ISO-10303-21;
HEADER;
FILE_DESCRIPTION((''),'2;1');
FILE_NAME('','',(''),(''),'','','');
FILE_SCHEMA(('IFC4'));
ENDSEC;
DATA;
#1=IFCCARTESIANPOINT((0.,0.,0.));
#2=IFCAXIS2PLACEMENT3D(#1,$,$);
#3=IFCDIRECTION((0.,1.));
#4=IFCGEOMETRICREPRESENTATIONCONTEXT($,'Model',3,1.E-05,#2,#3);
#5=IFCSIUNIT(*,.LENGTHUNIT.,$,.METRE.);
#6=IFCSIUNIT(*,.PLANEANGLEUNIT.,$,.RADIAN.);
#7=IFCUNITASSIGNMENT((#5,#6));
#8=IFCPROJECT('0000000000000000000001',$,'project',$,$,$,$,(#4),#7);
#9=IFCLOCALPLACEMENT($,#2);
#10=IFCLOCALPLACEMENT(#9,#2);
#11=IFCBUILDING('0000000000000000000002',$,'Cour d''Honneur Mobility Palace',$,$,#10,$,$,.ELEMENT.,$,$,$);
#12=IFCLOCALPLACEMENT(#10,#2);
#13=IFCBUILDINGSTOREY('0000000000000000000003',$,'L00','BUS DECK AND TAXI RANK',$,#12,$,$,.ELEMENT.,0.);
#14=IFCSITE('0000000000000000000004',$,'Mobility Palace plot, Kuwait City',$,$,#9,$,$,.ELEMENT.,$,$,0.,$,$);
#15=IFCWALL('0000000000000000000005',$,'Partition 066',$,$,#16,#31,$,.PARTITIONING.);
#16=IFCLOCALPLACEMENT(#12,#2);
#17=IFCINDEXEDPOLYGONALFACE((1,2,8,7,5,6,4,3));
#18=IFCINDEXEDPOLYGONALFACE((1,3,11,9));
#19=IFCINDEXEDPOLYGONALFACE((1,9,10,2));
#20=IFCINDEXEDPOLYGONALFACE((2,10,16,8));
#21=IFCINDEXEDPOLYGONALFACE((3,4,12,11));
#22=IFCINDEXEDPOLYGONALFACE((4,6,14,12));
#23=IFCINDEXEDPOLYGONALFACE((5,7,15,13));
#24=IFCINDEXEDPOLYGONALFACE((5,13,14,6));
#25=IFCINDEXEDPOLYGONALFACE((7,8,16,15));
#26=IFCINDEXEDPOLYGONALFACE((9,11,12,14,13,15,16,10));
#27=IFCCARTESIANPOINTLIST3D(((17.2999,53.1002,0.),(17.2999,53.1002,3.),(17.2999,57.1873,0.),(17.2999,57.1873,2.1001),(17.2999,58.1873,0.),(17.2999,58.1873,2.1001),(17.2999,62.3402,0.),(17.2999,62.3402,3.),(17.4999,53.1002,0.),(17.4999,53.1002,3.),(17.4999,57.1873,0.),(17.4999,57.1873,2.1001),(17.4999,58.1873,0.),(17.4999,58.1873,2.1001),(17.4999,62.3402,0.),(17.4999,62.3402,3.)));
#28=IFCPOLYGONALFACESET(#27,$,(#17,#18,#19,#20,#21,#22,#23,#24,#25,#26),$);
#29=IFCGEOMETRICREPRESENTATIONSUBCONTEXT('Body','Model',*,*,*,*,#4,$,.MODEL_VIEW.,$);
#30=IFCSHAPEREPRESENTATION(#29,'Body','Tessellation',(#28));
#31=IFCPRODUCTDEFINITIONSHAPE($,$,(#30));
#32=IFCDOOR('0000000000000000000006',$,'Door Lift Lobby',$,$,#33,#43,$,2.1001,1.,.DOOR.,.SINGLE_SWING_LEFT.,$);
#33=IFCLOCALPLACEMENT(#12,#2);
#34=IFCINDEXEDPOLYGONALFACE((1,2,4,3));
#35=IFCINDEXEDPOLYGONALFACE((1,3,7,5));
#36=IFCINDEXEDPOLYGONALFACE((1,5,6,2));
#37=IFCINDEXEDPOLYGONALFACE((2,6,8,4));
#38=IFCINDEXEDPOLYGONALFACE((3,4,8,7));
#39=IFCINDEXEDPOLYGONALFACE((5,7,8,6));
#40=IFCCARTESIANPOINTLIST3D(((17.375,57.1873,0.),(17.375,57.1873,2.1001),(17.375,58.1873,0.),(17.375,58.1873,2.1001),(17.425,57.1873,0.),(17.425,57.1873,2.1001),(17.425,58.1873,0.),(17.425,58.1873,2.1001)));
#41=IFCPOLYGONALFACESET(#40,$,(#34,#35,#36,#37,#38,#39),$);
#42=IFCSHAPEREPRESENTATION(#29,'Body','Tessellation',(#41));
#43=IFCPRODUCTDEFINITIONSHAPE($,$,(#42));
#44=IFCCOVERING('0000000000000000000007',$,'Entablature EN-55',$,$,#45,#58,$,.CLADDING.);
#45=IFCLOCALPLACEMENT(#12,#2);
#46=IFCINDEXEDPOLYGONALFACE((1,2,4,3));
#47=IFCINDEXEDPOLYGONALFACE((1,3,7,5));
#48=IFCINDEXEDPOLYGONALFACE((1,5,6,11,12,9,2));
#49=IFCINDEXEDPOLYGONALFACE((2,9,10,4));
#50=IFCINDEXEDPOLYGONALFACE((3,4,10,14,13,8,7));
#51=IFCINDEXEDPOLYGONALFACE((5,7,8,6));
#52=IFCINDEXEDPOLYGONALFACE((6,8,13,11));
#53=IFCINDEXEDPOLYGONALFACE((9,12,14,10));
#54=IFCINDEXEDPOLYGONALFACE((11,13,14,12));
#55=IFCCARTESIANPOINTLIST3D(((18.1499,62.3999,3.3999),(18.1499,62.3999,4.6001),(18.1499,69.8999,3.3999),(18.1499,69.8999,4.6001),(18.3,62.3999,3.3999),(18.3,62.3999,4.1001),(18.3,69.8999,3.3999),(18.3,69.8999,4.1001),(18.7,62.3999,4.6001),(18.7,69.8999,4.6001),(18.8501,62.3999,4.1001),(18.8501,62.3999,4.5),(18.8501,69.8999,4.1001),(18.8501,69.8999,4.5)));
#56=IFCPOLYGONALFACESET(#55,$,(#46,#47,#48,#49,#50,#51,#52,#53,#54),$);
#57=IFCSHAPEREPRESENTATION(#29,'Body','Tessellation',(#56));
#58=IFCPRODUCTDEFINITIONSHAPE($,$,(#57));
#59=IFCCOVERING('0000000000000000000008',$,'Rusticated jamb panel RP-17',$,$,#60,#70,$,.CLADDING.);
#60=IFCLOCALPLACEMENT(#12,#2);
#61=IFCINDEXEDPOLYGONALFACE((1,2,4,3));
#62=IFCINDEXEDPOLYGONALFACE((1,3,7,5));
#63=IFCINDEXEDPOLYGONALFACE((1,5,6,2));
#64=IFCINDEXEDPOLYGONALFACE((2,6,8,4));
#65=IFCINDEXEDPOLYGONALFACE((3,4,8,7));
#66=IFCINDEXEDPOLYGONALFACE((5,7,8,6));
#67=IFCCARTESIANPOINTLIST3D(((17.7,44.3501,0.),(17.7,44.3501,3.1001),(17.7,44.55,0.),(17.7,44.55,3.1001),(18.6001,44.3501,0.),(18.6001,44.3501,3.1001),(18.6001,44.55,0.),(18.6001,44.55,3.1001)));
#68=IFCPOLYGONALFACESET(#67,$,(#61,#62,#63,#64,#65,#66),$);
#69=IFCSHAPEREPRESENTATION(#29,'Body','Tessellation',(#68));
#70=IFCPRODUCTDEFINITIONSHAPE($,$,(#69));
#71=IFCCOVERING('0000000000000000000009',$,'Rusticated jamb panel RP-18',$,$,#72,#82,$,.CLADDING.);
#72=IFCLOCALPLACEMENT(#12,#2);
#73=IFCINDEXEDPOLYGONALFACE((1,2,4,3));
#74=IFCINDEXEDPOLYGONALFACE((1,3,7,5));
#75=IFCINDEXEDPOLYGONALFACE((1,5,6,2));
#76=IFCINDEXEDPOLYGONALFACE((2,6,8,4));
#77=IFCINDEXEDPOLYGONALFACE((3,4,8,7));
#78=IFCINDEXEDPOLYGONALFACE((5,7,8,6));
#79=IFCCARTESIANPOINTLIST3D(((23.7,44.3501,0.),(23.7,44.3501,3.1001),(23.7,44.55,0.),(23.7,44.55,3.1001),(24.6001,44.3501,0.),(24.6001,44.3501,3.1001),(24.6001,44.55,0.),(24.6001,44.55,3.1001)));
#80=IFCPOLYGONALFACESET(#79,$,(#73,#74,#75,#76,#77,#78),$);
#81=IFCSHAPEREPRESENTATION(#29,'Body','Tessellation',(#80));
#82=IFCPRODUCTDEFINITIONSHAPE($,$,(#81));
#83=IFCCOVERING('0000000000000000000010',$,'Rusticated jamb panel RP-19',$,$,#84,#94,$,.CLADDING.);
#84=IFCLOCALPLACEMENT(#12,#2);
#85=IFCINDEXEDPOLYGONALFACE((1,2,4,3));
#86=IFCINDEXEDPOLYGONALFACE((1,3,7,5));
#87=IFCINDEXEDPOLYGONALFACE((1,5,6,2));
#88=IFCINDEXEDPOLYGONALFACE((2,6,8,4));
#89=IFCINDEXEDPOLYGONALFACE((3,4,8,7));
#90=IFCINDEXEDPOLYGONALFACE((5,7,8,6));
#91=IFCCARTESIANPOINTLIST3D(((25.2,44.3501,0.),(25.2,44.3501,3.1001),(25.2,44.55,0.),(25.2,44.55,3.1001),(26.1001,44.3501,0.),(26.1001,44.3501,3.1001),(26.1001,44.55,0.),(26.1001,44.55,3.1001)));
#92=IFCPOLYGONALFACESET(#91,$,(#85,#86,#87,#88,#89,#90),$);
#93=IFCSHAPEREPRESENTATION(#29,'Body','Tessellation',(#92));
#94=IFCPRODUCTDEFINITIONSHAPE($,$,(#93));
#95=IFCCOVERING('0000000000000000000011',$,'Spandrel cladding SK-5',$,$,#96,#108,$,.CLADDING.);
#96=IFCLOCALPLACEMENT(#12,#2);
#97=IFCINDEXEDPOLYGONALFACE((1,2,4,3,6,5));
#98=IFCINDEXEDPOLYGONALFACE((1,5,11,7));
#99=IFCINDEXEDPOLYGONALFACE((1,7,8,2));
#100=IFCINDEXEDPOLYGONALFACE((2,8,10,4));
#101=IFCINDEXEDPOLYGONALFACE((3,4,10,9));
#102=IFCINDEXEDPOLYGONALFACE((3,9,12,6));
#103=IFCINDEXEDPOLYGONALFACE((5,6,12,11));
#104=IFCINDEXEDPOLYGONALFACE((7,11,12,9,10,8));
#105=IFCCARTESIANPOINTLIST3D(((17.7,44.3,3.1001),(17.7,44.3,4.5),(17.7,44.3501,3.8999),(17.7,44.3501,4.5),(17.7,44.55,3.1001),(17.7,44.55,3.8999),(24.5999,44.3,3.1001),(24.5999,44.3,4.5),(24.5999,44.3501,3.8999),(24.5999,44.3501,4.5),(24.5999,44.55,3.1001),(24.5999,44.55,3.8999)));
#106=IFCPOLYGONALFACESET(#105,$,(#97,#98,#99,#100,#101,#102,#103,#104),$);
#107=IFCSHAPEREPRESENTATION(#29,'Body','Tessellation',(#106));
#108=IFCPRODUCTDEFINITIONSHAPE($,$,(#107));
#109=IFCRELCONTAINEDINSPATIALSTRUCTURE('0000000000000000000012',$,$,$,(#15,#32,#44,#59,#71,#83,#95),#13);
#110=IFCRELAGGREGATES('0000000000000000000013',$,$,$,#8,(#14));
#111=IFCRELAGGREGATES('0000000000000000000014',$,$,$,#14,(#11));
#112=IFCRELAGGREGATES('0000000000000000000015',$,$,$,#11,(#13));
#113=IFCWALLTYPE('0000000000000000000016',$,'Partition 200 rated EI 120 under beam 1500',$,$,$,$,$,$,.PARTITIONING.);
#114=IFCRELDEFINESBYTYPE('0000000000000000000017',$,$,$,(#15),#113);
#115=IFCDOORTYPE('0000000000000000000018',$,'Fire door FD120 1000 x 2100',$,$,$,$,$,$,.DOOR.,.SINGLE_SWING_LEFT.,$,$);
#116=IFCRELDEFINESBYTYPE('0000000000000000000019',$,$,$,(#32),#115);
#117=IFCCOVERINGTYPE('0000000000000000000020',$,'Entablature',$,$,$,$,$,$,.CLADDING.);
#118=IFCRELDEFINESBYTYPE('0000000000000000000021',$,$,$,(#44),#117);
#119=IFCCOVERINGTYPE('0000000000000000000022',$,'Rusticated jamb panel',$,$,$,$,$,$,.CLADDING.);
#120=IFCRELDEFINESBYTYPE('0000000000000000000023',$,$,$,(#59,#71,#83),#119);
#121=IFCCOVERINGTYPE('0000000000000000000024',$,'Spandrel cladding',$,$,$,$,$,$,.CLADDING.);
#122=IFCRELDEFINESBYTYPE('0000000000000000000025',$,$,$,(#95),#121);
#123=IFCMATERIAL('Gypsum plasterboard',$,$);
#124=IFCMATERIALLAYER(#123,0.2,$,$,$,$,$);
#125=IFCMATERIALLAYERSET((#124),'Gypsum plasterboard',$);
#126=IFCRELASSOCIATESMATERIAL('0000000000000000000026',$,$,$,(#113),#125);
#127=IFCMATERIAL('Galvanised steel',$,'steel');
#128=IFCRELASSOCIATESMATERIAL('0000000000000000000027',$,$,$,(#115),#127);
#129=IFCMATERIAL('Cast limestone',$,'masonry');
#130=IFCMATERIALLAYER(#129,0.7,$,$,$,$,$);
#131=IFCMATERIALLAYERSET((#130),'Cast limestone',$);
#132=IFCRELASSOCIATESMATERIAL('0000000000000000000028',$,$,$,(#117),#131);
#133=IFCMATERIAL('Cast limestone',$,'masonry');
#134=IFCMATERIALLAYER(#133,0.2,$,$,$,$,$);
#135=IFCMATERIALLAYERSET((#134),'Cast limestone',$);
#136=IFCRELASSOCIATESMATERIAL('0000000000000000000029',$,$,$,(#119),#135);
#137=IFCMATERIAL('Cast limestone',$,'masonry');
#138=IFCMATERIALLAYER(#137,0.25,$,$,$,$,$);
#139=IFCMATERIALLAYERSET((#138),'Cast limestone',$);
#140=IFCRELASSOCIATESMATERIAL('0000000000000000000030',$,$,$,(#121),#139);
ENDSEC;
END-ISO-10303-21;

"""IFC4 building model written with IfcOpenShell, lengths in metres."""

from ifc_helpers import new_model, si_unit, direction, frame, frame_2d, origin, place, context, subcontext, project, spatial, polyline, rectangle, outline, extrude, material, layer, layer_set, type_object, element, fill, save


model = new_model("IFC4")

# Units and contexts
model_context = context("Model", 3, precision=1e-05, world=origin(), true_north=direction((0.0, 1.0)))
body_context = subcontext(model_context, "Body", "Model", "MODEL_VIEW")
ifc_project = project(units=[si_unit("LENGTHUNIT", "METRE"), si_unit("PLANEANGLEUNIT", "RADIAN")], contexts=[model_context])

# Site, building, storey
site_placement = place(None, origin())
site = spatial("IfcSite", under=ifc_project, at=site_placement, Name="Mobility Palace plot, Kuwait City", CompositionType="ELEMENT", RefElevation=0.0)
building_placement = place(site_placement, origin())
building = spatial("IfcBuilding", under=site, at=building_placement, Name="Cour d'Honneur Mobility Palace", CompositionType="ELEMENT")
storey_placement = place(building_placement, origin())
storey = spatial("IfcBuildingStorey", under=building, at=storey_placement, Name="L00", Description="BUS DECK AND TAXI RANK", CompositionType="ELEMENT", Elevation=0.0)

# Shared definitions
ifc_material_1 = material(Name="Gypsum plasterboard")
ifc_layer_1 = layer(ifc_material_1, 0.2)
ifc_layer_set_1 = layer_set([ifc_layer_1], Name="Gypsum plasterboard")
wall_type_1 = type_object("IfcWallType", Name="Partition 200 rated EI 120 under beam 1500", PredefinedType="PARTITIONING", material=ifc_layer_set_1)

# Wall, opening, door
wall_1_placement = place(storey_placement, frame((17.3999, 53.1001, 0.0), z_axis=(0.0, 0.0, 1.0), x_axis=(0.0, 1.0, 0.0)))
wall_1 = element("IfcWall", 1, at=wall_1_placement, inside=storey, type_object=wall_type_1, Name="Partition 066", PredefinedType="PARTITIONING", context=body_context, shape_type="SweptSolid", body=[
    extrude(rectangle(XDim=9.24, YDim=0.2, at=frame_2d((4.6201, 0.0))), origin(), (0.0, 0.0, 1.0), 3.0),
])
opening_1_placement = place(wall_1_placement, frame((4.0872, 0.0, 0.0)))
opening_1 = element("IfcOpeningElement", 2, at=opening_1_placement, cuts=wall_1, PredefinedType="OPENING", context=body_context, shape_type="SweptSolid", body=[
    extrude(rectangle(XDim=1.0, YDim=2.1001, at=frame_2d((0.5, 1.05))), frame((0.0, 0.1099, 0.0), z_axis=(0.0, -1.0, 0.0), x_axis=(1.0, 0.0, 0.0)), (0.0, 0.0, 1.0), 0.22),
])
ifc_material_2 = material(Name="Galvanised steel", Category="steel")
door_type = type_object("IfcDoorType", Name="Fire door FD120 1000 x 2100", OperationType="SINGLE_SWING_LEFT", PredefinedType="DOOR", material=ifc_material_2)
door_placement = place(opening_1_placement, origin())
door = element("IfcDoor", 3, at=door_placement, inside=storey, type_object=door_type, Name="Door Lift Lobby", OperationType="SINGLE_SWING_LEFT", OverallHeight=2.1001, OverallWidth=1.0, PredefinedType="DOOR", context=body_context, shape_type="SweptSolid", body=[
    extrude(rectangle(XDim=1.0, YDim=2.1001, at=frame_2d((0.5, 1.05))), frame((0.0, 0.0249, 0.0), z_axis=(0.0, -1.0, 0.0), x_axis=(1.0, 0.0, 0.0)), (0.0, 0.0, 1.0), 0.05),
])
fill(opening_1, door)

# Coverings
ifc_material_3 = material(Name="Cast limestone", Category="masonry")
ifc_layer_2 = layer(ifc_material_3, 0.7)
ifc_layer_set_2 = layer_set([ifc_layer_2], Name="Cast limestone")
covering_type_1 = type_object("IfcCoveringType", Name="Entablature", PredefinedType="CLADDING", material=ifc_layer_set_2)
covering_1_placement = place(storey_placement, frame((18.1499, 62.3999, 3.3999), z_axis=(0.0, -1.0, 0.0), x_axis=(1.0, 0.0, 0.0)))
element("IfcCovering", 4, at=covering_1_placement, inside=storey, type_object=covering_type_1, Name="Entablature EN-55", PredefinedType="CLADDING", context=body_context, shape_type="SweptSolid", body=[
    extrude(outline(polyline([(0.0, 0.0), (0.1501, 0.0), (0.1501, 0.7002), (0.7002, 0.7002), (0.7002, 1.1001), (0.55, 1.2002), (0.0, 1.2002), (0.0, 0.0)])), origin(), (0.0, 0.0, -1.0), 7.5),
])
ifc_material_4 = material(Name="Cast limestone", Category="masonry")
ifc_layer_3 = layer(ifc_material_4, 0.2)
ifc_layer_set_3 = layer_set([ifc_layer_3], Name="Cast limestone")
covering_type_2 = type_object("IfcCoveringType", Name="Rusticated jamb panel", PredefinedType="CLADDING", material=ifc_layer_set_3)
for number, where, z_axis, x_axis, name in (
    (5, (17.7, 44.3501, 0.0), (0.0, -1.0, 0.0), (1.0, 0.0, 0.0), "Rusticated jamb panel RP-17"),
    (6, (23.7, 44.3501, 0.0), (0.0, -1.0, 0.0), (1.0, 0.0, 0.0), "Rusticated jamb panel RP-18"),
    (7, (25.2, 44.3501, 0.0), (0.0, -1.0, 0.0), (1.0, 0.0, 0.0), "Rusticated jamb panel RP-19"),
):
    element("IfcCovering", number, at=place(storey_placement, frame(where, z_axis=z_axis, x_axis=x_axis)), inside=storey, type_object=covering_type_2, Name=name, PredefinedType="CLADDING", context=body_context, shape_type="SweptSolid", body=[
        extrude(outline(polyline([(0.0, 0.0), (0.9001, 0.0), (0.9001, 3.1001), (0.0, 3.1001), (0.0, 0.0)])), origin(), (0.0, 0.0, -1.0), 0.2),
    ])
ifc_material_5 = material(Name="Cast limestone", Category="masonry")
ifc_layer_4 = layer(ifc_material_5, 0.25)
ifc_layer_set_4 = layer_set([ifc_layer_4], Name="Cast limestone")
covering_type_3 = type_object("IfcCoveringType", Name="Spandrel cladding", PredefinedType="CLADDING", material=ifc_layer_set_4)
covering_2_placement = place(storey_placement, frame((17.7, 44.55, 3.1001), z_axis=(-1.0, 0.0, 0.0), x_axis=(0.0, -1.0, 0.0)))
element("IfcCovering", 8, at=covering_2_placement, inside=storey, type_object=covering_type_3, Name="Spandrel cladding SK-5", PredefinedType="CLADDING", context=body_context, shape_type="SweptSolid", body=[
    extrude(outline(polyline([(0.0, 0.0), (0.25, 0.0), (0.25, 1.3999), (0.2, 1.3999), (0.2, 0.7998), (0.0, 0.7998), (0.0, 0.0)])), origin(), (0.0, 0.0, -1.0), 6.8999),
])

save(model, "model.ifc")
